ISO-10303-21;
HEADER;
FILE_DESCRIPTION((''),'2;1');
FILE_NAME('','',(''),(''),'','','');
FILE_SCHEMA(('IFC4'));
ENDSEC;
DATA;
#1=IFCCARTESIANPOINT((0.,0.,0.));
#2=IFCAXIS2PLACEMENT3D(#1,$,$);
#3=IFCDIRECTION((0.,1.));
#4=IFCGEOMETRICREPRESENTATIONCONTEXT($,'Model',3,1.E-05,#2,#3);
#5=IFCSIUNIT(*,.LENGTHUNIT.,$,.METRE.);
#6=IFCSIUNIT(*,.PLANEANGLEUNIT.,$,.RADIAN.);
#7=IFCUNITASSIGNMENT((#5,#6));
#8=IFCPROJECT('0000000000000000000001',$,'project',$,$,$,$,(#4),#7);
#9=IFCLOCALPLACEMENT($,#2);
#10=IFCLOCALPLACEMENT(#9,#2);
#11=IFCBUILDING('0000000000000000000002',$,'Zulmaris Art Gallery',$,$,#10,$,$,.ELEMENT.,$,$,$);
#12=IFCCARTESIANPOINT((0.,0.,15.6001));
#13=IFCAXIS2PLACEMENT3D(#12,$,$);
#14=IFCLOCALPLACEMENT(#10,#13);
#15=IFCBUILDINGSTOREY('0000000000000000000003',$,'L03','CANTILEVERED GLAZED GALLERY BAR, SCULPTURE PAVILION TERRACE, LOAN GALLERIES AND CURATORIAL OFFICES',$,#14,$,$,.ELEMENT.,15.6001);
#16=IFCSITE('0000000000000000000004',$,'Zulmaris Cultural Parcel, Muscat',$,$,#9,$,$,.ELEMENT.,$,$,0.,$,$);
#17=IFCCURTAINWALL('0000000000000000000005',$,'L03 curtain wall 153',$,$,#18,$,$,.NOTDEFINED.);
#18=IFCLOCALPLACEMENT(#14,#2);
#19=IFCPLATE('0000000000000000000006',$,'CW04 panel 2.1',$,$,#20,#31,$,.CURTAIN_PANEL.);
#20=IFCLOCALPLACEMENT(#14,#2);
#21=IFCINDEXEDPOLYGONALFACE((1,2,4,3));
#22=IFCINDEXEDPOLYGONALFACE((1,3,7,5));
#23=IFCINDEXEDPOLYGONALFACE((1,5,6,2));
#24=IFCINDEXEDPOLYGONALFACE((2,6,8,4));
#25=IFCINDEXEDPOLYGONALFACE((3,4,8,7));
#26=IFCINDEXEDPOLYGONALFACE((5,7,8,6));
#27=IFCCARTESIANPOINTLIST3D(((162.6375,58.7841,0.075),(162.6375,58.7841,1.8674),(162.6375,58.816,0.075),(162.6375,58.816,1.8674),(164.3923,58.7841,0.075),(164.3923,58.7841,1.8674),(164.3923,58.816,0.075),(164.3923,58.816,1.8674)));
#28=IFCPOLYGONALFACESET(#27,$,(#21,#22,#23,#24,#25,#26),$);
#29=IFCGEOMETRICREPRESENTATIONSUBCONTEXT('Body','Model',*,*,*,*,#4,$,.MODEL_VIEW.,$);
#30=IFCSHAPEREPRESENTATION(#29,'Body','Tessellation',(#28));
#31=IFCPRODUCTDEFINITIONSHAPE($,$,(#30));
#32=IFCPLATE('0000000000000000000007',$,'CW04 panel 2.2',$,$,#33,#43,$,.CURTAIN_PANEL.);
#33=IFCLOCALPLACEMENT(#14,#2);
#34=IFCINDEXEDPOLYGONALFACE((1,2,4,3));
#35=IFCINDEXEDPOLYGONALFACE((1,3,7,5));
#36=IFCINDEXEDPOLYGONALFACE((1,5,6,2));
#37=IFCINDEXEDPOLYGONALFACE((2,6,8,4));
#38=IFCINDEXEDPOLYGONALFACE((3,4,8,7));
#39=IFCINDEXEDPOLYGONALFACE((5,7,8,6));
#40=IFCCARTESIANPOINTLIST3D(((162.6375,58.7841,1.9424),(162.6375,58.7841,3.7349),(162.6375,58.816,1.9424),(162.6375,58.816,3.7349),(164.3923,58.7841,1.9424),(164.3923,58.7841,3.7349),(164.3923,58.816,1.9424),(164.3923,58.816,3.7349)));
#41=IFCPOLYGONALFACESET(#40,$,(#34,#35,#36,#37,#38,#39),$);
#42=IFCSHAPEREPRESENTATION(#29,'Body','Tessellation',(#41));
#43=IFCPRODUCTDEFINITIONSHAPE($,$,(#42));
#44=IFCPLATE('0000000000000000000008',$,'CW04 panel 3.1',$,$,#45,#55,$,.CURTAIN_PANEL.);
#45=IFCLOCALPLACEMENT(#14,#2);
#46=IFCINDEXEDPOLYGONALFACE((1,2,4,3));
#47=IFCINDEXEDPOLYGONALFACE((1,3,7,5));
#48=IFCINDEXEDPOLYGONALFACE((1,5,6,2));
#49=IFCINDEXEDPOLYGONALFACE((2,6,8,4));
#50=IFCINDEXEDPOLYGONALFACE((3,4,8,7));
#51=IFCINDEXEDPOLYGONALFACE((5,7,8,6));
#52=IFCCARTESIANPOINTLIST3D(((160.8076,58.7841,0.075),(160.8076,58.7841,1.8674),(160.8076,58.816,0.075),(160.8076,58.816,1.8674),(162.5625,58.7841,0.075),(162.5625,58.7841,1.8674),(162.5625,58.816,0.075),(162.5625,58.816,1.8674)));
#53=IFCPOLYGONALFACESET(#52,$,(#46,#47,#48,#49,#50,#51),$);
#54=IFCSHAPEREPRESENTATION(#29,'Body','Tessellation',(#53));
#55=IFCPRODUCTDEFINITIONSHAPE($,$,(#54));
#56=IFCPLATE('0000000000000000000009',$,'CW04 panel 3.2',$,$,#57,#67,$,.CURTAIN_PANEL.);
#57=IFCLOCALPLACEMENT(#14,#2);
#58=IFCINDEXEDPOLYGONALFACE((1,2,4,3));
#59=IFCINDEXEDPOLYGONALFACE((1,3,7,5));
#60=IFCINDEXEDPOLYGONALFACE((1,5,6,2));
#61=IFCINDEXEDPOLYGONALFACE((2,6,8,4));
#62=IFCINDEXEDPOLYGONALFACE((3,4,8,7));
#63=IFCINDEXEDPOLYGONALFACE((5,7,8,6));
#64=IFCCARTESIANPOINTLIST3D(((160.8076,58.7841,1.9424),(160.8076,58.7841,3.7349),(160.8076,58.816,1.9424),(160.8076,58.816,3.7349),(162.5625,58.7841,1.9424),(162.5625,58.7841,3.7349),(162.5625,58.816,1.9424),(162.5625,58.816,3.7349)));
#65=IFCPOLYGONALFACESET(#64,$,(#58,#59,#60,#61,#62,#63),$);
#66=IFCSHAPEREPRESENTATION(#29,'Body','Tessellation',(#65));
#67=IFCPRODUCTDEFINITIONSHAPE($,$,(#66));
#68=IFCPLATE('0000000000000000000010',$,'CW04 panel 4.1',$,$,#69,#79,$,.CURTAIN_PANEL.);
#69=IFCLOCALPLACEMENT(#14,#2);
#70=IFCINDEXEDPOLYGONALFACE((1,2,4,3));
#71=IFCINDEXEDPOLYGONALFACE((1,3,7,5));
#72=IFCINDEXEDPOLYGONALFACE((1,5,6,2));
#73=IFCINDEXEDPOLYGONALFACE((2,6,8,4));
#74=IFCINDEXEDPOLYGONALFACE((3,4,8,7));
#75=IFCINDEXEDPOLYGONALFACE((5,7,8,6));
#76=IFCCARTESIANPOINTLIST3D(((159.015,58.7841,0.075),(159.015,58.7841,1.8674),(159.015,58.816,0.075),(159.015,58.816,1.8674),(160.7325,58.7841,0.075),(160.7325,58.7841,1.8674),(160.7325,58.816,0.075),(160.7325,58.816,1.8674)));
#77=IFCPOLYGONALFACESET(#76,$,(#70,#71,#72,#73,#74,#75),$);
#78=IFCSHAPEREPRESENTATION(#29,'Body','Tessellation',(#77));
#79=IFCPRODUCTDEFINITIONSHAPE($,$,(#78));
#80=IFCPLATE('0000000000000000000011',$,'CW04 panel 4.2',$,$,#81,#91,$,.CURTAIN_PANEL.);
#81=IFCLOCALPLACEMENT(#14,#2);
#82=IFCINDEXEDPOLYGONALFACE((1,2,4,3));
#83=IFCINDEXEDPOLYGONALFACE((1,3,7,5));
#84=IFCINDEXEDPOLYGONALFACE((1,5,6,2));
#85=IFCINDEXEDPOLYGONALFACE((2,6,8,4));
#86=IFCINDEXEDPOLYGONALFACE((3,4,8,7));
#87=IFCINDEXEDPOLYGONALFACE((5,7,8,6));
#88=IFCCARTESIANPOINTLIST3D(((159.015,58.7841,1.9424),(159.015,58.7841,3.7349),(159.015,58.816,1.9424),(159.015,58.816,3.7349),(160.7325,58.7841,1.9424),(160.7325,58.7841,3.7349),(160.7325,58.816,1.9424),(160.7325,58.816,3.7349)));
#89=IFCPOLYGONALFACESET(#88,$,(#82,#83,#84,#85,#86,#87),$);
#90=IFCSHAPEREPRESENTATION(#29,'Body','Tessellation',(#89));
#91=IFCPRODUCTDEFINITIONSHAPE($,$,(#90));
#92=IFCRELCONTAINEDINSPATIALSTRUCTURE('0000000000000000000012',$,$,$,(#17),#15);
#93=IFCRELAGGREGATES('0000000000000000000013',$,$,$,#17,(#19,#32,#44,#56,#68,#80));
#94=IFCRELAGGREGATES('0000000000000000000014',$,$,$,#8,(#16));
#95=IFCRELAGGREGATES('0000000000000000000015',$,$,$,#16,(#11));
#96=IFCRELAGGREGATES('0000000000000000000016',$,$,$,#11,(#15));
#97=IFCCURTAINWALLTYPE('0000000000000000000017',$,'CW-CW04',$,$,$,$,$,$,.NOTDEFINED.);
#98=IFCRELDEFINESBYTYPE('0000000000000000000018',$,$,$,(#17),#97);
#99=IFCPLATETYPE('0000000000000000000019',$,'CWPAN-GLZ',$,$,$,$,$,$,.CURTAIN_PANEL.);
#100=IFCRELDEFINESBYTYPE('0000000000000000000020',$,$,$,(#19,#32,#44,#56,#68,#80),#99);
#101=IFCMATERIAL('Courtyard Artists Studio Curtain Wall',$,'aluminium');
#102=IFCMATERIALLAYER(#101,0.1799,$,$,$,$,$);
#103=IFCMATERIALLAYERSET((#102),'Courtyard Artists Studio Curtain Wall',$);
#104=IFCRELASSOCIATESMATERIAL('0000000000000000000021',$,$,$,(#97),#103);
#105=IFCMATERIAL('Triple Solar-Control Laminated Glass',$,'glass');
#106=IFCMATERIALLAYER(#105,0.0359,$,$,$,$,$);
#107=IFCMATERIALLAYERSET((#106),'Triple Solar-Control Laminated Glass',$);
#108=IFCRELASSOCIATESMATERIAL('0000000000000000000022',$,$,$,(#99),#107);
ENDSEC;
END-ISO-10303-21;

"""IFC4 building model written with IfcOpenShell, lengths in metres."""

from ifc_helpers import new_model, si_unit, direction, frame, origin, origin_2d, place, context, subcontext, project, spatial, rectangle, extrude, material, layer, layer_set, type_object, element, aggregate, save


model = new_model("IFC4")

# Units and contexts
model_context = context("Model", 3, precision=1e-05, world=origin(), true_north=direction((0.0, 1.0)))
body_context = subcontext(model_context, "Body", "Model", "MODEL_VIEW")
ifc_project = project(units=[si_unit("LENGTHUNIT", "METRE"), si_unit("PLANEANGLEUNIT", "RADIAN")], contexts=[model_context])

# Site, building, storey
site_placement = place(None, origin())
site = spatial("IfcSite", under=ifc_project, at=site_placement, Name="Zulmaris Cultural Parcel, Muscat", CompositionType="ELEMENT", RefElevation=0.0)
building_placement = place(site_placement, origin())
building = spatial("IfcBuilding", under=site, at=building_placement, Name="Zulmaris Art Gallery", CompositionType="ELEMENT")
storey_placement = place(building_placement, frame((0.0, 0.0, 15.6001)))
storey = spatial("IfcBuildingStorey", under=building, at=storey_placement, Name="L03", Description="CANTILEVERED GLAZED GALLERY BAR, SCULPTURE PAVILION TERRACE, LOAN GALLERIES AND CURATORIAL OFFICES", CompositionType="ELEMENT", Elevation=15.6001)

# Curtain wall
ifc_material_1 = material(Name="Courtyard Artists Studio Curtain Wall", Category="aluminium")
ifc_layer_1 = layer(ifc_material_1, 0.1799)
ifc_layer_set_1 = layer_set([ifc_layer_1], Name="Courtyard Artists Studio Curtain Wall")
curtain_wall_type = type_object("IfcCurtainWallType", Name="CW-CW04", PredefinedType="NOTDEFINED", material=ifc_layer_set_1)
curtain_wall_1_placement = place(storey_placement, origin())
curtain_wall_1 = element("IfcCurtainWall", 1, at=curtain_wall_1_placement, inside=storey, type_object=curtain_wall_type, Name="L03 curtain wall 153", PredefinedType="NOTDEFINED")

# Plates
ifc_material_2 = material(Name="Triple Solar-Control Laminated Glass", Category="glass")
ifc_layer_2 = layer(ifc_material_2, 0.0359)
ifc_layer_set_2 = layer_set([ifc_layer_2], Name="Triple Solar-Control Laminated Glass")
plate_type = type_object("IfcPlateType", Name="CWPAN-GLZ", PredefinedType="CURTAIN_PANEL", material=ifc_layer_set_2)
plate_1_placement = place(storey_placement, frame((163.5149, 58.8, 0.075), z_axis=(0.0, 0.0, 1.0), x_axis=(-1.0, 0.0, 0.0)))
plate_1 = element("IfcPlate", 2, at=plate_1_placement, type_object=plate_type, Name="CW04 panel 2.1", PredefinedType="CURTAIN_PANEL", context=body_context, shape_type="SweptSolid", body=[
    extrude(rectangle(XDim=1.7549, YDim=0.032, at=origin_2d()), origin(), (0.0, 0.0, 1.0), 1.7925),
])
plate_2_placement = place(storey_placement, frame((163.5149, 58.8, 1.9424), z_axis=(0.0, 0.0, 1.0), x_axis=(-1.0, 0.0, 0.0)))
plate_2 = element("IfcPlate", 3, at=plate_2_placement, type_object=plate_type, Name="CW04 panel 2.2", PredefinedType="CURTAIN_PANEL", context=body_context, shape_type="SweptSolid", body=[
    extrude(rectangle(XDim=1.7549, YDim=0.032, at=origin_2d()), origin(), (0.0, 0.0, 1.0), 1.7925),
])
plate_3_placement = place(storey_placement, frame((161.6851, 58.8, 0.075), z_axis=(0.0, 0.0, 1.0), x_axis=(-1.0, 0.0, 0.0)))
plate_3 = element("IfcPlate", 4, at=plate_3_placement, type_object=plate_type, Name="CW04 panel 3.1", PredefinedType="CURTAIN_PANEL", context=body_context, shape_type="SweptSolid", body=[
    extrude(rectangle(XDim=1.7549, YDim=0.032, at=origin_2d()), origin(), (0.0, 0.0, 1.0), 1.7925),
])
plate_4_placement = place(storey_placement, frame((161.6851, 58.8, 1.9424), z_axis=(0.0, 0.0, 1.0), x_axis=(-1.0, 0.0, 0.0)))
plate_4 = element("IfcPlate", 5, at=plate_4_placement, type_object=plate_type, Name="CW04 panel 3.2", PredefinedType="CURTAIN_PANEL", context=body_context, shape_type="SweptSolid", body=[
    extrude(rectangle(XDim=1.7549, YDim=0.032, at=origin_2d()), origin(), (0.0, 0.0, 1.0), 1.7925),
])
plate_5_placement = place(storey_placement, frame((159.8738, 58.8, 0.075), z_axis=(0.0, 0.0, 1.0), x_axis=(-1.0, 0.0, 0.0)))
plate_5 = element("IfcPlate", 6, at=plate_5_placement, type_object=plate_type, Name="CW04 panel 4.1", PredefinedType="CURTAIN_PANEL", context=body_context, shape_type="SweptSolid", body=[
    extrude(rectangle(XDim=1.7175, YDim=0.032, at=origin_2d()), origin(), (0.0, 0.0, 1.0), 1.7925),
])
plate_6_placement = place(storey_placement, frame((159.8738, 58.8, 1.9424), z_axis=(0.0, 0.0, 1.0), x_axis=(-1.0, 0.0, 0.0)))
plate_6 = element("IfcPlate", 7, at=plate_6_placement, type_object=plate_type, Name="CW04 panel 4.2", PredefinedType="CURTAIN_PANEL", context=body_context, shape_type="SweptSolid", body=[
    extrude(rectangle(XDim=1.7175, YDim=0.032, at=origin_2d()), origin(), (0.0, 0.0, 1.0), 1.7925),
])
aggregate(curtain_wall_1, [plate_1, plate_2, plate_3, plate_4, plate_5, plate_6])

save(model, "model.ifc")
